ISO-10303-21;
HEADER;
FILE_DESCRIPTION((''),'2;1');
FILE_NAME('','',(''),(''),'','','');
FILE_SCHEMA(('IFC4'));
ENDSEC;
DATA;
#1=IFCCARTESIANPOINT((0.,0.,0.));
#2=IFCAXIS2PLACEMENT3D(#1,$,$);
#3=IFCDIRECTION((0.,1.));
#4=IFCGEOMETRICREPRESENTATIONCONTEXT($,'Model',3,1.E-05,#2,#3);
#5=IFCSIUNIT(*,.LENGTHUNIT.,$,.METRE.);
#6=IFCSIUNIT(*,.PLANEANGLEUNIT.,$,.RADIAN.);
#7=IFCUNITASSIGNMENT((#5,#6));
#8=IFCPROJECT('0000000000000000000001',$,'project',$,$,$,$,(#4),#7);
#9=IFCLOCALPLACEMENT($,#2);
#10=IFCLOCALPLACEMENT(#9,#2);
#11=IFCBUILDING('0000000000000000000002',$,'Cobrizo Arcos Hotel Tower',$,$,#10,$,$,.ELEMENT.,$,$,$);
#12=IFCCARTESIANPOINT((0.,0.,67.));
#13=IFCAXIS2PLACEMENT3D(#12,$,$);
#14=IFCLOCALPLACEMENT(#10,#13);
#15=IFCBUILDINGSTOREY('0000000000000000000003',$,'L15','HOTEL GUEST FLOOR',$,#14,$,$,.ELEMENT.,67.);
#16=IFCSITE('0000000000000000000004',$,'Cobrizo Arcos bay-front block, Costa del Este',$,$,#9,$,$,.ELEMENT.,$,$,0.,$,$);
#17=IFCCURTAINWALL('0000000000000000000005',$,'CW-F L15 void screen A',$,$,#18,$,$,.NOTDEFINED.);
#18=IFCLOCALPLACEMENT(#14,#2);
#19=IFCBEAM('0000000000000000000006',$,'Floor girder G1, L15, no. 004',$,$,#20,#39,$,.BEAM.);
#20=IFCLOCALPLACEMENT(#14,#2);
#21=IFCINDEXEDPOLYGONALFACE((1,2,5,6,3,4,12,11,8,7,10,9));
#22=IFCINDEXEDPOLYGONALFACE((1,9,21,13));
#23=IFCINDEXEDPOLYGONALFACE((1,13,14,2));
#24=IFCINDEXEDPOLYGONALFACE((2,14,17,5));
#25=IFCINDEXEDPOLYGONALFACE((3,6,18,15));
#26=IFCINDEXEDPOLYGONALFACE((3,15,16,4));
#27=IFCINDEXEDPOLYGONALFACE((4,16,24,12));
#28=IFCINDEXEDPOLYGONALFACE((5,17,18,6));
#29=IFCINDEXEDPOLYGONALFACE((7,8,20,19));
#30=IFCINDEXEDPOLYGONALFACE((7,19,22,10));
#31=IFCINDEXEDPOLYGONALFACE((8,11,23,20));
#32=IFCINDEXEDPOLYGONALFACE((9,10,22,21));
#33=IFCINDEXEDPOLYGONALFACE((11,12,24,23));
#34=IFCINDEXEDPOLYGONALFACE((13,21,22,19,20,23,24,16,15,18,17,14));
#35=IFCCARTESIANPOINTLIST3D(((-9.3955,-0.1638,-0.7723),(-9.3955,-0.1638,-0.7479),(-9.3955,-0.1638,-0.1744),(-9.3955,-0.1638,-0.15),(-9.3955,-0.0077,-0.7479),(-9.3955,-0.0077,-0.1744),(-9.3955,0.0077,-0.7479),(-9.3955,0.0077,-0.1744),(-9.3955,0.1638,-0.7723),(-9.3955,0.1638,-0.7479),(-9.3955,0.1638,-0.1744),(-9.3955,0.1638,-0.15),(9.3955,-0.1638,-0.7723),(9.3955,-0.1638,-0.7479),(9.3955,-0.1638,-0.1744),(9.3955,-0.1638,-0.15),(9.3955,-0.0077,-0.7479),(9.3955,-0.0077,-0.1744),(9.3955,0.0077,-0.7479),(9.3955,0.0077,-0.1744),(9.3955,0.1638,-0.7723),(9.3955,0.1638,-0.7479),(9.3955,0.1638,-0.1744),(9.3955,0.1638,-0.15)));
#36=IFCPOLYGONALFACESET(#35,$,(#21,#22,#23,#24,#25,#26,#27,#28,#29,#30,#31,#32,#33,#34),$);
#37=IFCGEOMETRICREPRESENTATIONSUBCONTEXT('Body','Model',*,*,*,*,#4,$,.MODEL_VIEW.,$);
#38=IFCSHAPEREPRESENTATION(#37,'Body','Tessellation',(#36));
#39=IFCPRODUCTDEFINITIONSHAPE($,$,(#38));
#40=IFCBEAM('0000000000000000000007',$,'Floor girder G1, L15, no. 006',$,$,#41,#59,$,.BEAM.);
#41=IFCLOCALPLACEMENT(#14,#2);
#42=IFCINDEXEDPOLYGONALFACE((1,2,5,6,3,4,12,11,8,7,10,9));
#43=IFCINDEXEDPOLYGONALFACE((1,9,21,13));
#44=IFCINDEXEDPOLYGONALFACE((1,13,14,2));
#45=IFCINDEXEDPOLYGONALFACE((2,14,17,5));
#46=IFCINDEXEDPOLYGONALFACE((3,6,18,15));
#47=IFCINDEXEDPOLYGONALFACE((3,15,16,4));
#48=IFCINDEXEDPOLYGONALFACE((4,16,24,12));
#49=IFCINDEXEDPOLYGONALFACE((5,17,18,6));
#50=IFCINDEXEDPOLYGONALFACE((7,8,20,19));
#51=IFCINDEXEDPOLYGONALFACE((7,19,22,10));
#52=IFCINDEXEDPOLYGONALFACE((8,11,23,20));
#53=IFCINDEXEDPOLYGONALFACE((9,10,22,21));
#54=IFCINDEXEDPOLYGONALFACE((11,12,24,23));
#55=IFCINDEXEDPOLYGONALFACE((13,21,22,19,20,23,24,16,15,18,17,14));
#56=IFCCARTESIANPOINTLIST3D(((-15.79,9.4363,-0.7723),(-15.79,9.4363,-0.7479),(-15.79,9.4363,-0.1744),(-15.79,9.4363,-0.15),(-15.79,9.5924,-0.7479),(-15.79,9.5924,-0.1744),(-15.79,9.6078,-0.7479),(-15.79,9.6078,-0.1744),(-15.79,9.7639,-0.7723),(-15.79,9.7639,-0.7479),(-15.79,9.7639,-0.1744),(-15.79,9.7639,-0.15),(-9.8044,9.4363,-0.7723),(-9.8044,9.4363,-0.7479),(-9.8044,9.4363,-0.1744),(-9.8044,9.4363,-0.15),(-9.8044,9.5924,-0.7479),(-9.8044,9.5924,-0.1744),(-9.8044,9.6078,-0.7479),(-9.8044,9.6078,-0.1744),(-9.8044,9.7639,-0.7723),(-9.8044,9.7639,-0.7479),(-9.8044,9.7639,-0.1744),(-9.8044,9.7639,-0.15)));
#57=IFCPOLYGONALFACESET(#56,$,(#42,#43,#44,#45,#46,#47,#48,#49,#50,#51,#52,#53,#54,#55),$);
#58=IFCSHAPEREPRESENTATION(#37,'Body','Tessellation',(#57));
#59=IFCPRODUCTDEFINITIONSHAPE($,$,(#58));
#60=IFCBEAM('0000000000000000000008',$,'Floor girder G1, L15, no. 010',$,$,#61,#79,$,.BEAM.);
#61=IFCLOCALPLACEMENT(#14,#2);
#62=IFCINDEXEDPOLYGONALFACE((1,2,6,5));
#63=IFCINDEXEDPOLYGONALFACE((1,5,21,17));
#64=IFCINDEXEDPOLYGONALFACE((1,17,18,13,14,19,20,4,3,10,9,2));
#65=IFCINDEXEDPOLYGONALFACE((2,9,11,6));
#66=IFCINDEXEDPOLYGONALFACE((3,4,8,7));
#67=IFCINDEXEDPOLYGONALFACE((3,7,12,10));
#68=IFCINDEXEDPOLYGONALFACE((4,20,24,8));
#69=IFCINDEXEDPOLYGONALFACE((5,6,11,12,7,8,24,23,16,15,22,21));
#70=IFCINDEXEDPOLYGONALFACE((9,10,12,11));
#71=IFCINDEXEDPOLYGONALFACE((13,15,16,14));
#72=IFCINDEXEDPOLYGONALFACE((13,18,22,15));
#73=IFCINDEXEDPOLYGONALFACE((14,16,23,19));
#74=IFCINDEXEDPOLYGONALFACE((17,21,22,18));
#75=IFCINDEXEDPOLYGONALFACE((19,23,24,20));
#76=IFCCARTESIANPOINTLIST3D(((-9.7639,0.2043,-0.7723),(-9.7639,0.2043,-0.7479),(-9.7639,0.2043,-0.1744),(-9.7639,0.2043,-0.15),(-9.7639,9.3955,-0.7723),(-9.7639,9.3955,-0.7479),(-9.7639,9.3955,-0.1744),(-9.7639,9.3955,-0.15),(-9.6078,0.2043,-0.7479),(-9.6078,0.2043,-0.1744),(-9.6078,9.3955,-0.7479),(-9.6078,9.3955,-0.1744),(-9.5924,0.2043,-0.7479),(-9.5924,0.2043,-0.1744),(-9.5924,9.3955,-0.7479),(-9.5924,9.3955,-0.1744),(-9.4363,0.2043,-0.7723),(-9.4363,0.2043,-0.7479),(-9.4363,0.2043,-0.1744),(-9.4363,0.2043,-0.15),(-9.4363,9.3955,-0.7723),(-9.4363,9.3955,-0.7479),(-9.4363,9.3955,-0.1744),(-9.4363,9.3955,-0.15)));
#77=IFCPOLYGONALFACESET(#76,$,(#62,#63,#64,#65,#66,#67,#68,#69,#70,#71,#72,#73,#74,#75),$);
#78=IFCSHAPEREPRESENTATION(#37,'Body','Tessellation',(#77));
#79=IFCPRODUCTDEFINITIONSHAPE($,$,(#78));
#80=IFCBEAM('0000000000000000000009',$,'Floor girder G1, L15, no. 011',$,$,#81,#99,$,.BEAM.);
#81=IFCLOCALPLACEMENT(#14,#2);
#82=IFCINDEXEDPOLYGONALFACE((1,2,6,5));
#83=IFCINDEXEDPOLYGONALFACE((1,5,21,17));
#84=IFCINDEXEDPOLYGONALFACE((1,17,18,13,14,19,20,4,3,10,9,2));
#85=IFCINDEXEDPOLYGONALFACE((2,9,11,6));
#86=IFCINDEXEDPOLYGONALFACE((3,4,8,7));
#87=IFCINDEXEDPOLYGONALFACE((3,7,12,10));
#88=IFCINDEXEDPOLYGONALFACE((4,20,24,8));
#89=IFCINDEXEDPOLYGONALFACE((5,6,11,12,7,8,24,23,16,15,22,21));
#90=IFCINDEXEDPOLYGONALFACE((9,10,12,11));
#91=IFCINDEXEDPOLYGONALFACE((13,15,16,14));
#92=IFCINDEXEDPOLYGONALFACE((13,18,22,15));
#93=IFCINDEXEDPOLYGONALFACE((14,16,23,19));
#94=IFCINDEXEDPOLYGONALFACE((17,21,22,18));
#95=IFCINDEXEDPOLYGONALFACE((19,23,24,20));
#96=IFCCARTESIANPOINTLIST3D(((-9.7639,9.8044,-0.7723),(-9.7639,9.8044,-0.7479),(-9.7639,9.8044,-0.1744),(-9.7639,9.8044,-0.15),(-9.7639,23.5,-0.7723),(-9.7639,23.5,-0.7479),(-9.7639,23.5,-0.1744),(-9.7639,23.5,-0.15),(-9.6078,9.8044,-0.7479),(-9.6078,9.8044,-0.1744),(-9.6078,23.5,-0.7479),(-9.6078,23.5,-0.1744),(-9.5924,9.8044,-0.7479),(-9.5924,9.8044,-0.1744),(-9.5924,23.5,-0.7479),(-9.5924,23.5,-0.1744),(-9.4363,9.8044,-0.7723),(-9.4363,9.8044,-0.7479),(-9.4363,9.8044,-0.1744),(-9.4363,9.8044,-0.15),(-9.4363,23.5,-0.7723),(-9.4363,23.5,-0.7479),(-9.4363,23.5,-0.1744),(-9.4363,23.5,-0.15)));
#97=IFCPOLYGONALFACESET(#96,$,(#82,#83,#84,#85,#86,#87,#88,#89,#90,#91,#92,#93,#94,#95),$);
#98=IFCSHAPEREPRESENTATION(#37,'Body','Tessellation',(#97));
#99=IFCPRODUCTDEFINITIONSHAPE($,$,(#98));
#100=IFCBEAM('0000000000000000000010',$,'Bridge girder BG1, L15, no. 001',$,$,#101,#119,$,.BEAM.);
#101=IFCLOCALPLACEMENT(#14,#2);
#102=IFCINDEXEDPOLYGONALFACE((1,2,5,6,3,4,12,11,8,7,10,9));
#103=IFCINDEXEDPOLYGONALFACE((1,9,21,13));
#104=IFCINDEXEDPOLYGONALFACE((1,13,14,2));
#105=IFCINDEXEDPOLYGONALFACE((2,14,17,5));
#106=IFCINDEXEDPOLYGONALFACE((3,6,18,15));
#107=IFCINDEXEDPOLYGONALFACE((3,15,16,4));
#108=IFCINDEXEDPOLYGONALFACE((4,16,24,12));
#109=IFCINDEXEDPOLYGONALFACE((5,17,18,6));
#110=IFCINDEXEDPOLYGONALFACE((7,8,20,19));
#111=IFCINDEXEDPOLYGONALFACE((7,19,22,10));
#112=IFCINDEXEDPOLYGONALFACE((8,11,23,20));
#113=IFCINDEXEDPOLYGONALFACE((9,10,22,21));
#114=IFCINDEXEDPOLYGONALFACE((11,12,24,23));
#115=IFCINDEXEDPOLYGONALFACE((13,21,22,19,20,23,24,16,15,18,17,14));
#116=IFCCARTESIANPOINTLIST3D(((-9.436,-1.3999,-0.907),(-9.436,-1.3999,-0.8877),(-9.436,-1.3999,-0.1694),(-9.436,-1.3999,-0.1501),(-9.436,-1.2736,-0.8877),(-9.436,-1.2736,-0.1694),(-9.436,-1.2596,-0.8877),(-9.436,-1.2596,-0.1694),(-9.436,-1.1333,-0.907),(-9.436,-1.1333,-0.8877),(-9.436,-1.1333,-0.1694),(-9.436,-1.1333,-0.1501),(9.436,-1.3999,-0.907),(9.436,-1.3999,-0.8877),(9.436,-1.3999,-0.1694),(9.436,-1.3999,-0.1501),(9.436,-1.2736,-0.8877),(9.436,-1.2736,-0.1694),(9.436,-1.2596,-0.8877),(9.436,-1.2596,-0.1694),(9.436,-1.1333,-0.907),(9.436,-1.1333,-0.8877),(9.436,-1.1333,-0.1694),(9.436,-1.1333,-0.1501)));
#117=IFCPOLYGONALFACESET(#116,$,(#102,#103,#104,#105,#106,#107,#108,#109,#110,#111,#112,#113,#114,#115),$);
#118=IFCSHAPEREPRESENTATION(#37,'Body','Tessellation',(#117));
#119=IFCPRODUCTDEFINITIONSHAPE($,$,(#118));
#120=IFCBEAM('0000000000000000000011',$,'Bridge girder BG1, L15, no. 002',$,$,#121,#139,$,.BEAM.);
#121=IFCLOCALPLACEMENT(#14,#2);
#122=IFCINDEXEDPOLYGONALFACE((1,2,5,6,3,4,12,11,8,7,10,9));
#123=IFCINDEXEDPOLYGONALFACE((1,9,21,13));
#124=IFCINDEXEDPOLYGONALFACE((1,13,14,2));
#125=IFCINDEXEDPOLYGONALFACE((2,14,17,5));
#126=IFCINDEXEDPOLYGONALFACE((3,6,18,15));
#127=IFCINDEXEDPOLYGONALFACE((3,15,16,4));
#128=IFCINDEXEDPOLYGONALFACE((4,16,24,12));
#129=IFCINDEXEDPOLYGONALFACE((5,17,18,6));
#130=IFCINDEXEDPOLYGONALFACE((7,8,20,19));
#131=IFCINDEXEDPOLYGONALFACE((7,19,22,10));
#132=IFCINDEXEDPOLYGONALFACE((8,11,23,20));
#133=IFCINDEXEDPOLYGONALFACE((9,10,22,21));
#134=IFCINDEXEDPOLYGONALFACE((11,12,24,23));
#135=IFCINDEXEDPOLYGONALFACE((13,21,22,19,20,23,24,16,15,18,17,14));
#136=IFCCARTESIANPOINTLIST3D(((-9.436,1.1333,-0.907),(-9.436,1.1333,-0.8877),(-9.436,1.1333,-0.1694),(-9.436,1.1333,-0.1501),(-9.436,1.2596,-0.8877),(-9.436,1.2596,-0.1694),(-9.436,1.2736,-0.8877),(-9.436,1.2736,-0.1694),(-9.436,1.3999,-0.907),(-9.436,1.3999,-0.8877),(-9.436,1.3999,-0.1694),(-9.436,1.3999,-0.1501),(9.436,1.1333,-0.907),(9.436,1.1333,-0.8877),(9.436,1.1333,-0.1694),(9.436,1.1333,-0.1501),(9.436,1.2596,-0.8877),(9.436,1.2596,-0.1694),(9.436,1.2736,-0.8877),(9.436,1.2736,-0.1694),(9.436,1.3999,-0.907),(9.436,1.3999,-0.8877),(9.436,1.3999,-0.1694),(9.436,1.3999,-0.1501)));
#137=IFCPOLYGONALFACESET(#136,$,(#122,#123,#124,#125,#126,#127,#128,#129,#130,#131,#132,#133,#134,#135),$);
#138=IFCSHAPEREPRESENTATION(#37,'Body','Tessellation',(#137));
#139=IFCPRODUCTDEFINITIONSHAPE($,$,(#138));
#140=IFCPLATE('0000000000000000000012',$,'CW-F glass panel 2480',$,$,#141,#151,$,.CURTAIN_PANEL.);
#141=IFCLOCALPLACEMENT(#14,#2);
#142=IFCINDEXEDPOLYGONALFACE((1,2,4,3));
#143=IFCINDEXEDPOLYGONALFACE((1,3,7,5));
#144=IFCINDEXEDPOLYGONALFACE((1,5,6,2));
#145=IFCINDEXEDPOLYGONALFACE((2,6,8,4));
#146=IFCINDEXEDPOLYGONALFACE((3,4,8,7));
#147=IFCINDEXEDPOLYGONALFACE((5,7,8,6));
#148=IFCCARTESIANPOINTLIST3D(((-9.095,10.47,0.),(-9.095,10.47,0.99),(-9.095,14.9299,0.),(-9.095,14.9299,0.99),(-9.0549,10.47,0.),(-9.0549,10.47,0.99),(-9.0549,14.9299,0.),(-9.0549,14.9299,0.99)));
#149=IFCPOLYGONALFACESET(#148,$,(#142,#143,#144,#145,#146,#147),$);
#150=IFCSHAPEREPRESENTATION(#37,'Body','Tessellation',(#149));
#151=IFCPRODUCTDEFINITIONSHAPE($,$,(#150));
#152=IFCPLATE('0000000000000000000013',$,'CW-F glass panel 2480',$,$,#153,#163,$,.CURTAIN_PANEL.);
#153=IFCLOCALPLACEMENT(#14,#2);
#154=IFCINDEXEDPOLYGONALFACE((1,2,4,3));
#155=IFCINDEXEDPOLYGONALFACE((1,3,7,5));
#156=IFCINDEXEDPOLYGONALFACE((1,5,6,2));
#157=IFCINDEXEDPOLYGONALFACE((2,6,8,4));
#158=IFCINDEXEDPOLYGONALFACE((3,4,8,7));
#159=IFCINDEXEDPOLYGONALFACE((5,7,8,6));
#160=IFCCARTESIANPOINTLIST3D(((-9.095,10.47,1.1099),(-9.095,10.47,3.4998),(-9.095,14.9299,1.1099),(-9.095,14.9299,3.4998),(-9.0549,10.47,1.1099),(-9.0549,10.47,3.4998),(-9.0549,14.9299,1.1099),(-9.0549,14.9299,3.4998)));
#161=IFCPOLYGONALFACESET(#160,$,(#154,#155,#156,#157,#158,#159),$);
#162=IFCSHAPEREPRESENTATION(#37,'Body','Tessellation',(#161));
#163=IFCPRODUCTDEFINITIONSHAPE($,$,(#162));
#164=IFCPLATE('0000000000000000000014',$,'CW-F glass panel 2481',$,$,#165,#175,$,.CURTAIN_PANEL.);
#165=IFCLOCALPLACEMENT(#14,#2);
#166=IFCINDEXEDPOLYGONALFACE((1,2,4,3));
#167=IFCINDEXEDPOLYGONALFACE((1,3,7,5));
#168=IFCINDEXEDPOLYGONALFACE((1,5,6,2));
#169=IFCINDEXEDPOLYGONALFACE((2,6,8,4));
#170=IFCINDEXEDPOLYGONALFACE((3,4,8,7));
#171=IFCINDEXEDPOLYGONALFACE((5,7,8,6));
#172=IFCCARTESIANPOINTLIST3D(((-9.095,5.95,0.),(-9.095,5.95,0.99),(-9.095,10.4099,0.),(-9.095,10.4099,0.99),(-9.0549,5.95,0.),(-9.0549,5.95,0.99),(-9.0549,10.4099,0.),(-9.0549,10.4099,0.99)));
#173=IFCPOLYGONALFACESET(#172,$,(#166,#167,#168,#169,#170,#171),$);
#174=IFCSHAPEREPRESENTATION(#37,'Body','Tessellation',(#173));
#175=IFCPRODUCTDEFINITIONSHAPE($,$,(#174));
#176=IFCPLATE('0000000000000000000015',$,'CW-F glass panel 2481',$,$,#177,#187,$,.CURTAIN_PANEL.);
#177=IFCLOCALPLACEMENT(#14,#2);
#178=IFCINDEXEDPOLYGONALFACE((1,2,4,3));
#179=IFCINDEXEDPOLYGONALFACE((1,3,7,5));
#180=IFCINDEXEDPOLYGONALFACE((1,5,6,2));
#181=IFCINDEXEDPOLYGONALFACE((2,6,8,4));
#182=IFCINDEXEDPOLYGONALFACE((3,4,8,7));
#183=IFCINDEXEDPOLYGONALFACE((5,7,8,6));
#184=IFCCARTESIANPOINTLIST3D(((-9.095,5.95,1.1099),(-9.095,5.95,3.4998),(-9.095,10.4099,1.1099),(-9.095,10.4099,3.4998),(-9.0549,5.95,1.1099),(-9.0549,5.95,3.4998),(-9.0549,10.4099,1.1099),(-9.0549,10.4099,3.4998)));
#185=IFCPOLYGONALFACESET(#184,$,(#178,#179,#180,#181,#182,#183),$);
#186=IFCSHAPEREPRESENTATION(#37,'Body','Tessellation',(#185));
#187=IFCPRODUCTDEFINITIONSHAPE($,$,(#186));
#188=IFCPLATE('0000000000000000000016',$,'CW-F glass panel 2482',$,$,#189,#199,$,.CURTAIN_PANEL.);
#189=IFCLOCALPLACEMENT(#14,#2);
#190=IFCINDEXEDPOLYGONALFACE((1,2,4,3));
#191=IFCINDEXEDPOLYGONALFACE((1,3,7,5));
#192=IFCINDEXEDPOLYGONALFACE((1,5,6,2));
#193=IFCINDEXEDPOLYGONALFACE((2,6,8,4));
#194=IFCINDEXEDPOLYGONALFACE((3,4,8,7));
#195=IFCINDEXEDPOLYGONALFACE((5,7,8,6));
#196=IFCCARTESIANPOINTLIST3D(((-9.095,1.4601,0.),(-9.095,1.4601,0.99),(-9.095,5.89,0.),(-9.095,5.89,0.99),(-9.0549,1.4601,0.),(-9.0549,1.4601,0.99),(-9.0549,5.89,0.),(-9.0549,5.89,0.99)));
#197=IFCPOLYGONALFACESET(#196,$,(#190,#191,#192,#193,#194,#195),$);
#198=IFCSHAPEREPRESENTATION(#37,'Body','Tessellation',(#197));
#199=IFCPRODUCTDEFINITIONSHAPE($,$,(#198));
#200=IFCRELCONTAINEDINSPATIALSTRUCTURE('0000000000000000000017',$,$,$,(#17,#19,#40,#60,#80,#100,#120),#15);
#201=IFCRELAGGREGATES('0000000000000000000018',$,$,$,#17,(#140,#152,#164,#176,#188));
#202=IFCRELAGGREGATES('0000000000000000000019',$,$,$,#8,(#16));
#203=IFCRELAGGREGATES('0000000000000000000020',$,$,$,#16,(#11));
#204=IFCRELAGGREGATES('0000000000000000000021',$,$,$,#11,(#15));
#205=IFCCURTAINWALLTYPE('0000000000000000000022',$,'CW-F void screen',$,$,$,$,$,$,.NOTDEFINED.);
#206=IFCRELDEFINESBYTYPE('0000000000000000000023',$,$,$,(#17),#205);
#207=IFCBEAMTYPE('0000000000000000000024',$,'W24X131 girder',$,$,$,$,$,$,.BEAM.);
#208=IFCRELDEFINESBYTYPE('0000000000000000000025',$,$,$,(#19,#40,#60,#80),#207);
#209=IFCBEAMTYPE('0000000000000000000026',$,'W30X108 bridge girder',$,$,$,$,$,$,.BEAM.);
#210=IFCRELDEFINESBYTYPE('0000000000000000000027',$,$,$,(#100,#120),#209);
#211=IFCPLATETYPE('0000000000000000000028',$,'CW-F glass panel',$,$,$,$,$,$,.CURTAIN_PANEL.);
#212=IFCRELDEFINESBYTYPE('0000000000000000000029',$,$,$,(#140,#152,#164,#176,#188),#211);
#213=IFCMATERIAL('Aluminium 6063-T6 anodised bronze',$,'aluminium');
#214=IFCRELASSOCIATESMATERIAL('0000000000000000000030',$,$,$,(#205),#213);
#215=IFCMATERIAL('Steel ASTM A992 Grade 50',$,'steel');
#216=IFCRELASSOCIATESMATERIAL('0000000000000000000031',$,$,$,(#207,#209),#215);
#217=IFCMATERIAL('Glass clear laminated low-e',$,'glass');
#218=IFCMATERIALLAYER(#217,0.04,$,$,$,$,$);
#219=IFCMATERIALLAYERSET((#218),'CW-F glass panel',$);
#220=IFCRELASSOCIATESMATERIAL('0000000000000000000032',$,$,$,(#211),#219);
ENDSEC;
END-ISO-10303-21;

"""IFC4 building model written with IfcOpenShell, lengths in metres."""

from ifc_helpers import new_model, si_unit, direction, frame, origin, origin_2d, place, context, subcontext, project, spatial, rectangle, i_section, extrude, material, layer, layer_set, material_profile, profile_set, type_object, element, aggregate, save


model = new_model("IFC4")

# Units and contexts
model_context = context("Model", 3, precision=1e-05, world=origin(), true_north=direction((0.0, 1.0)))
body_context = subcontext(model_context, "Body", "Model", "MODEL_VIEW")
ifc_project = project(units=[si_unit("LENGTHUNIT", "METRE"), si_unit("PLANEANGLEUNIT", "RADIAN")], contexts=[model_context])

# Site, building, storey
site_placement = place(None, origin())
site = spatial("IfcSite", under=ifc_project, at=site_placement, Name="Cobrizo Arcos bay-front block, Costa del Este", CompositionType="ELEMENT", RefElevation=0.0)
building_placement = place(site_placement, origin())
building = spatial("IfcBuilding", under=site, at=building_placement, Name="Cobrizo Arcos Hotel Tower", CompositionType="ELEMENT")
storey_placement = place(building_placement, frame((0.0, 0.0, 67.0)))
storey = spatial("IfcBuildingStorey", under=building, at=storey_placement, Name="L15", Description="HOTEL GUEST FLOOR", CompositionType="ELEMENT", Elevation=67.0)

# Shared definitions
ifc_material_1 = material(Name="Steel ASTM A992 Grade 50", Category="steel")

# Curtain wall
ifc_material_2 = material(Name="Aluminium 6063-T6 anodised bronze", Category="aluminium")
curtain_wall_type = type_object("IfcCurtainWallType", Name="CW-F void screen", PredefinedType="NOTDEFINED", material=ifc_material_2)
curtain_wall_placement = place(storey_placement, origin())
curtain_wall = element("IfcCurtainWall", 1, at=curtain_wall_placement, inside=storey, type_object=curtain_wall_type, Name="CW-F L15 void screen A", PredefinedType="NOTDEFINED")

# Beams
ifc_material_profile_1 = material_profile(ifc_material_1, i_section(OverallWidth=0.3276, OverallDepth=0.6223, WebThickness=0.0154, FlangeThickness=0.0244, at=origin_2d()), Name="W24X131")
ifc_profile_set_1 = profile_set([ifc_material_profile_1], Name="Steel ASTM A992 Grade 50")
beam_type_1 = type_object("IfcBeamType", Name="W24X131 girder", PredefinedType="BEAM", material=ifc_profile_set_1)
beam_1_placement = place(storey_placement, frame((-9.3955, 0.0, -0.4612), z_axis=(1.0, 0.0, 0.0), x_axis=(0.0, 1.0, 0.0)))
element("IfcBeam", 2, at=beam_1_placement, inside=storey, type_object=beam_type_1, Name="Floor girder G1, L15, no. 004", PredefinedType="BEAM", context=body_context, shape_type="SweptSolid", body=[
    extrude(i_section(OverallWidth=0.3276, OverallDepth=0.6223, WebThickness=0.0154, FlangeThickness=0.0244, at=origin_2d()), origin(), (0.0, 0.0, 1.0), 18.791),
])
beam_2_placement = place(storey_placement, frame((-15.79, 9.6001, -0.4612), z_axis=(1.0, 0.0, 0.0), x_axis=(0.0, 1.0, 0.0)))
element("IfcBeam", 3, at=beam_2_placement, inside=storey, type_object=beam_type_1, Name="Floor girder G1, L15, no. 006", PredefinedType="BEAM", context=body_context, shape_type="SweptSolid", body=[
    extrude(i_section(OverallWidth=0.3276, OverallDepth=0.6223, WebThickness=0.0154, FlangeThickness=0.0244, at=origin_2d()), origin(), (0.0, 0.0, 1.0), 5.9856),
])
beam_3_placement = place(storey_placement, frame((-9.6001, 0.2043, -0.4612), z_axis=(0.0, 1.0, 0.0), x_axis=(-1.0, 0.0, 0.0)))
element("IfcBeam", 4, at=beam_3_placement, inside=storey, type_object=beam_type_1, Name="Floor girder G1, L15, no. 010", PredefinedType="BEAM", context=body_context, shape_type="SweptSolid", body=[
    extrude(i_section(OverallWidth=0.3276, OverallDepth=0.6223, WebThickness=0.0154, FlangeThickness=0.0244, at=origin_2d()), origin(), (0.0, 0.0, 1.0), 9.1912),
])
beam_4_placement = place(storey_placement, frame((-9.6001, 9.8044, -0.4612), z_axis=(0.0, 1.0, 0.0), x_axis=(-1.0, 0.0, 0.0)))
element("IfcBeam", 5, at=beam_4_placement, inside=storey, type_object=beam_type_1, Name="Floor girder G1, L15, no. 011", PredefinedType="BEAM", context=body_context, shape_type="SweptSolid", body=[
    extrude(i_section(OverallWidth=0.3276, OverallDepth=0.6223, WebThickness=0.0154, FlangeThickness=0.0244, at=origin_2d()), origin(), (0.0, 0.0, 1.0), 13.6956),
])
ifc_material_profile_2 = material_profile(ifc_material_1, i_section(OverallWidth=0.2666, OverallDepth=0.7568, WebThickness=0.0139, FlangeThickness=0.0193, at=origin_2d()), Name="W30X108")
ifc_profile_set_2 = profile_set([ifc_material_profile_2], Name="Steel ASTM A992 Grade 50")
beam_type_2 = type_object("IfcBeamType", Name="W30X108 bridge girder", PredefinedType="BEAM", material=ifc_profile_set_2)
for number, where, z_axis, x_axis, name in (
    (6, (-9.436, -1.2666, -0.5286), (1.0, 0.0, 0.0), (0.0, 1.0, 0.0), "Bridge girder BG1, L15, no. 001"),
    (7, (-9.436, 1.2666, -0.5286), (1.0, 0.0, 0.0), (0.0, 1.0, 0.0), "Bridge girder BG1, L15, no. 002"),
):
    element("IfcBeam", number, at=place(storey_placement, frame(where, z_axis=z_axis, x_axis=x_axis)), inside=storey, type_object=beam_type_2, Name=name, PredefinedType="BEAM", context=body_context, shape_type="SweptSolid", body=[
        extrude(i_section(OverallWidth=0.2666, OverallDepth=0.7568, WebThickness=0.0139, FlangeThickness=0.0193, at=origin_2d()), origin(), (0.0, 0.0, 1.0), 18.8721),
    ])

# Plates
ifc_material_3 = material(Name="Glass clear laminated low-e", Category="glass")
ifc_layer_1 = layer(ifc_material_3, 0.04)
ifc_layer_set_1 = layer_set([ifc_layer_1], Name="CW-F glass panel")
plate_type = type_object("IfcPlateType", Name="CW-F glass panel", PredefinedType="CURTAIN_PANEL", material=ifc_layer_set_1)
plate_1_placement = place(storey_placement, frame((-9.075, 12.7, 0.0), z_axis=(0.0, 0.0, 1.0), x_axis=(0.0, -1.0, 0.0)))
plate_1 = element("IfcPlate", 8, at=plate_1_placement, type_object=plate_type, Name="CW-F glass panel 2480", PredefinedType="CURTAIN_PANEL", context=body_context, shape_type="SweptSolid", body=[
    extrude(rectangle(XDim=4.46, YDim=0.04, at=origin_2d()), origin(), (0.0, 0.0, 1.0), 0.99),
])
plate_2_placement = place(storey_placement, frame((-9.075, 12.7, 1.1099), z_axis=(0.0, 0.0, 1.0), x_axis=(0.0, -1.0, 0.0)))
plate_2 = element("IfcPlate", 9, at=plate_2_placement, type_object=plate_type, Name="CW-F glass panel 2480", PredefinedType="CURTAIN_PANEL", context=body_context, shape_type="SweptSolid", body=[
    extrude(rectangle(XDim=4.46, YDim=0.04, at=origin_2d()), origin(), (0.0, 0.0, 1.0), 2.3899),
])
plate_3_placement = place(storey_placement, frame((-9.075, 8.1799, 0.0), z_axis=(0.0, 0.0, 1.0), x_axis=(0.0, -1.0, 0.0)))
plate_3 = element("IfcPlate", 10, at=plate_3_placement, type_object=plate_type, Name="CW-F glass panel 2481", PredefinedType="CURTAIN_PANEL", context=body_context, shape_type="SweptSolid", body=[
    extrude(rectangle(XDim=4.46, YDim=0.04, at=origin_2d()), origin(), (0.0, 0.0, 1.0), 0.99),
])
plate_4_placement = place(storey_placement, frame((-9.075, 8.1799, 1.1099), z_axis=(0.0, 0.0, 1.0), x_axis=(0.0, -1.0, 0.0)))
plate_4 = element("IfcPlate", 11, at=plate_4_placement, type_object=plate_type, Name="CW-F glass panel 2481", PredefinedType="CURTAIN_PANEL", context=body_context, shape_type="SweptSolid", body=[
    extrude(rectangle(XDim=4.46, YDim=0.04, at=origin_2d()), origin(), (0.0, 0.0, 1.0), 2.3899),
])
plate_5_placement = place(storey_placement, frame((-9.075, 3.675, 0.0), z_axis=(0.0, 0.0, 1.0), x_axis=(0.0, -1.0, 0.0)))
plate_5 = element("IfcPlate", 12, at=plate_5_placement, type_object=plate_type, Name="CW-F glass panel 2482", PredefinedType="CURTAIN_PANEL", context=body_context, shape_type="SweptSolid", body=[
    extrude(rectangle(XDim=4.4299, YDim=0.04, at=origin_2d()), origin(), (0.0, 0.0, 1.0), 0.99),
])
aggregate(curtain_wall, [plate_1, plate_2, plate_3, plate_4, plate_5])

save(model, "model.ifc")
